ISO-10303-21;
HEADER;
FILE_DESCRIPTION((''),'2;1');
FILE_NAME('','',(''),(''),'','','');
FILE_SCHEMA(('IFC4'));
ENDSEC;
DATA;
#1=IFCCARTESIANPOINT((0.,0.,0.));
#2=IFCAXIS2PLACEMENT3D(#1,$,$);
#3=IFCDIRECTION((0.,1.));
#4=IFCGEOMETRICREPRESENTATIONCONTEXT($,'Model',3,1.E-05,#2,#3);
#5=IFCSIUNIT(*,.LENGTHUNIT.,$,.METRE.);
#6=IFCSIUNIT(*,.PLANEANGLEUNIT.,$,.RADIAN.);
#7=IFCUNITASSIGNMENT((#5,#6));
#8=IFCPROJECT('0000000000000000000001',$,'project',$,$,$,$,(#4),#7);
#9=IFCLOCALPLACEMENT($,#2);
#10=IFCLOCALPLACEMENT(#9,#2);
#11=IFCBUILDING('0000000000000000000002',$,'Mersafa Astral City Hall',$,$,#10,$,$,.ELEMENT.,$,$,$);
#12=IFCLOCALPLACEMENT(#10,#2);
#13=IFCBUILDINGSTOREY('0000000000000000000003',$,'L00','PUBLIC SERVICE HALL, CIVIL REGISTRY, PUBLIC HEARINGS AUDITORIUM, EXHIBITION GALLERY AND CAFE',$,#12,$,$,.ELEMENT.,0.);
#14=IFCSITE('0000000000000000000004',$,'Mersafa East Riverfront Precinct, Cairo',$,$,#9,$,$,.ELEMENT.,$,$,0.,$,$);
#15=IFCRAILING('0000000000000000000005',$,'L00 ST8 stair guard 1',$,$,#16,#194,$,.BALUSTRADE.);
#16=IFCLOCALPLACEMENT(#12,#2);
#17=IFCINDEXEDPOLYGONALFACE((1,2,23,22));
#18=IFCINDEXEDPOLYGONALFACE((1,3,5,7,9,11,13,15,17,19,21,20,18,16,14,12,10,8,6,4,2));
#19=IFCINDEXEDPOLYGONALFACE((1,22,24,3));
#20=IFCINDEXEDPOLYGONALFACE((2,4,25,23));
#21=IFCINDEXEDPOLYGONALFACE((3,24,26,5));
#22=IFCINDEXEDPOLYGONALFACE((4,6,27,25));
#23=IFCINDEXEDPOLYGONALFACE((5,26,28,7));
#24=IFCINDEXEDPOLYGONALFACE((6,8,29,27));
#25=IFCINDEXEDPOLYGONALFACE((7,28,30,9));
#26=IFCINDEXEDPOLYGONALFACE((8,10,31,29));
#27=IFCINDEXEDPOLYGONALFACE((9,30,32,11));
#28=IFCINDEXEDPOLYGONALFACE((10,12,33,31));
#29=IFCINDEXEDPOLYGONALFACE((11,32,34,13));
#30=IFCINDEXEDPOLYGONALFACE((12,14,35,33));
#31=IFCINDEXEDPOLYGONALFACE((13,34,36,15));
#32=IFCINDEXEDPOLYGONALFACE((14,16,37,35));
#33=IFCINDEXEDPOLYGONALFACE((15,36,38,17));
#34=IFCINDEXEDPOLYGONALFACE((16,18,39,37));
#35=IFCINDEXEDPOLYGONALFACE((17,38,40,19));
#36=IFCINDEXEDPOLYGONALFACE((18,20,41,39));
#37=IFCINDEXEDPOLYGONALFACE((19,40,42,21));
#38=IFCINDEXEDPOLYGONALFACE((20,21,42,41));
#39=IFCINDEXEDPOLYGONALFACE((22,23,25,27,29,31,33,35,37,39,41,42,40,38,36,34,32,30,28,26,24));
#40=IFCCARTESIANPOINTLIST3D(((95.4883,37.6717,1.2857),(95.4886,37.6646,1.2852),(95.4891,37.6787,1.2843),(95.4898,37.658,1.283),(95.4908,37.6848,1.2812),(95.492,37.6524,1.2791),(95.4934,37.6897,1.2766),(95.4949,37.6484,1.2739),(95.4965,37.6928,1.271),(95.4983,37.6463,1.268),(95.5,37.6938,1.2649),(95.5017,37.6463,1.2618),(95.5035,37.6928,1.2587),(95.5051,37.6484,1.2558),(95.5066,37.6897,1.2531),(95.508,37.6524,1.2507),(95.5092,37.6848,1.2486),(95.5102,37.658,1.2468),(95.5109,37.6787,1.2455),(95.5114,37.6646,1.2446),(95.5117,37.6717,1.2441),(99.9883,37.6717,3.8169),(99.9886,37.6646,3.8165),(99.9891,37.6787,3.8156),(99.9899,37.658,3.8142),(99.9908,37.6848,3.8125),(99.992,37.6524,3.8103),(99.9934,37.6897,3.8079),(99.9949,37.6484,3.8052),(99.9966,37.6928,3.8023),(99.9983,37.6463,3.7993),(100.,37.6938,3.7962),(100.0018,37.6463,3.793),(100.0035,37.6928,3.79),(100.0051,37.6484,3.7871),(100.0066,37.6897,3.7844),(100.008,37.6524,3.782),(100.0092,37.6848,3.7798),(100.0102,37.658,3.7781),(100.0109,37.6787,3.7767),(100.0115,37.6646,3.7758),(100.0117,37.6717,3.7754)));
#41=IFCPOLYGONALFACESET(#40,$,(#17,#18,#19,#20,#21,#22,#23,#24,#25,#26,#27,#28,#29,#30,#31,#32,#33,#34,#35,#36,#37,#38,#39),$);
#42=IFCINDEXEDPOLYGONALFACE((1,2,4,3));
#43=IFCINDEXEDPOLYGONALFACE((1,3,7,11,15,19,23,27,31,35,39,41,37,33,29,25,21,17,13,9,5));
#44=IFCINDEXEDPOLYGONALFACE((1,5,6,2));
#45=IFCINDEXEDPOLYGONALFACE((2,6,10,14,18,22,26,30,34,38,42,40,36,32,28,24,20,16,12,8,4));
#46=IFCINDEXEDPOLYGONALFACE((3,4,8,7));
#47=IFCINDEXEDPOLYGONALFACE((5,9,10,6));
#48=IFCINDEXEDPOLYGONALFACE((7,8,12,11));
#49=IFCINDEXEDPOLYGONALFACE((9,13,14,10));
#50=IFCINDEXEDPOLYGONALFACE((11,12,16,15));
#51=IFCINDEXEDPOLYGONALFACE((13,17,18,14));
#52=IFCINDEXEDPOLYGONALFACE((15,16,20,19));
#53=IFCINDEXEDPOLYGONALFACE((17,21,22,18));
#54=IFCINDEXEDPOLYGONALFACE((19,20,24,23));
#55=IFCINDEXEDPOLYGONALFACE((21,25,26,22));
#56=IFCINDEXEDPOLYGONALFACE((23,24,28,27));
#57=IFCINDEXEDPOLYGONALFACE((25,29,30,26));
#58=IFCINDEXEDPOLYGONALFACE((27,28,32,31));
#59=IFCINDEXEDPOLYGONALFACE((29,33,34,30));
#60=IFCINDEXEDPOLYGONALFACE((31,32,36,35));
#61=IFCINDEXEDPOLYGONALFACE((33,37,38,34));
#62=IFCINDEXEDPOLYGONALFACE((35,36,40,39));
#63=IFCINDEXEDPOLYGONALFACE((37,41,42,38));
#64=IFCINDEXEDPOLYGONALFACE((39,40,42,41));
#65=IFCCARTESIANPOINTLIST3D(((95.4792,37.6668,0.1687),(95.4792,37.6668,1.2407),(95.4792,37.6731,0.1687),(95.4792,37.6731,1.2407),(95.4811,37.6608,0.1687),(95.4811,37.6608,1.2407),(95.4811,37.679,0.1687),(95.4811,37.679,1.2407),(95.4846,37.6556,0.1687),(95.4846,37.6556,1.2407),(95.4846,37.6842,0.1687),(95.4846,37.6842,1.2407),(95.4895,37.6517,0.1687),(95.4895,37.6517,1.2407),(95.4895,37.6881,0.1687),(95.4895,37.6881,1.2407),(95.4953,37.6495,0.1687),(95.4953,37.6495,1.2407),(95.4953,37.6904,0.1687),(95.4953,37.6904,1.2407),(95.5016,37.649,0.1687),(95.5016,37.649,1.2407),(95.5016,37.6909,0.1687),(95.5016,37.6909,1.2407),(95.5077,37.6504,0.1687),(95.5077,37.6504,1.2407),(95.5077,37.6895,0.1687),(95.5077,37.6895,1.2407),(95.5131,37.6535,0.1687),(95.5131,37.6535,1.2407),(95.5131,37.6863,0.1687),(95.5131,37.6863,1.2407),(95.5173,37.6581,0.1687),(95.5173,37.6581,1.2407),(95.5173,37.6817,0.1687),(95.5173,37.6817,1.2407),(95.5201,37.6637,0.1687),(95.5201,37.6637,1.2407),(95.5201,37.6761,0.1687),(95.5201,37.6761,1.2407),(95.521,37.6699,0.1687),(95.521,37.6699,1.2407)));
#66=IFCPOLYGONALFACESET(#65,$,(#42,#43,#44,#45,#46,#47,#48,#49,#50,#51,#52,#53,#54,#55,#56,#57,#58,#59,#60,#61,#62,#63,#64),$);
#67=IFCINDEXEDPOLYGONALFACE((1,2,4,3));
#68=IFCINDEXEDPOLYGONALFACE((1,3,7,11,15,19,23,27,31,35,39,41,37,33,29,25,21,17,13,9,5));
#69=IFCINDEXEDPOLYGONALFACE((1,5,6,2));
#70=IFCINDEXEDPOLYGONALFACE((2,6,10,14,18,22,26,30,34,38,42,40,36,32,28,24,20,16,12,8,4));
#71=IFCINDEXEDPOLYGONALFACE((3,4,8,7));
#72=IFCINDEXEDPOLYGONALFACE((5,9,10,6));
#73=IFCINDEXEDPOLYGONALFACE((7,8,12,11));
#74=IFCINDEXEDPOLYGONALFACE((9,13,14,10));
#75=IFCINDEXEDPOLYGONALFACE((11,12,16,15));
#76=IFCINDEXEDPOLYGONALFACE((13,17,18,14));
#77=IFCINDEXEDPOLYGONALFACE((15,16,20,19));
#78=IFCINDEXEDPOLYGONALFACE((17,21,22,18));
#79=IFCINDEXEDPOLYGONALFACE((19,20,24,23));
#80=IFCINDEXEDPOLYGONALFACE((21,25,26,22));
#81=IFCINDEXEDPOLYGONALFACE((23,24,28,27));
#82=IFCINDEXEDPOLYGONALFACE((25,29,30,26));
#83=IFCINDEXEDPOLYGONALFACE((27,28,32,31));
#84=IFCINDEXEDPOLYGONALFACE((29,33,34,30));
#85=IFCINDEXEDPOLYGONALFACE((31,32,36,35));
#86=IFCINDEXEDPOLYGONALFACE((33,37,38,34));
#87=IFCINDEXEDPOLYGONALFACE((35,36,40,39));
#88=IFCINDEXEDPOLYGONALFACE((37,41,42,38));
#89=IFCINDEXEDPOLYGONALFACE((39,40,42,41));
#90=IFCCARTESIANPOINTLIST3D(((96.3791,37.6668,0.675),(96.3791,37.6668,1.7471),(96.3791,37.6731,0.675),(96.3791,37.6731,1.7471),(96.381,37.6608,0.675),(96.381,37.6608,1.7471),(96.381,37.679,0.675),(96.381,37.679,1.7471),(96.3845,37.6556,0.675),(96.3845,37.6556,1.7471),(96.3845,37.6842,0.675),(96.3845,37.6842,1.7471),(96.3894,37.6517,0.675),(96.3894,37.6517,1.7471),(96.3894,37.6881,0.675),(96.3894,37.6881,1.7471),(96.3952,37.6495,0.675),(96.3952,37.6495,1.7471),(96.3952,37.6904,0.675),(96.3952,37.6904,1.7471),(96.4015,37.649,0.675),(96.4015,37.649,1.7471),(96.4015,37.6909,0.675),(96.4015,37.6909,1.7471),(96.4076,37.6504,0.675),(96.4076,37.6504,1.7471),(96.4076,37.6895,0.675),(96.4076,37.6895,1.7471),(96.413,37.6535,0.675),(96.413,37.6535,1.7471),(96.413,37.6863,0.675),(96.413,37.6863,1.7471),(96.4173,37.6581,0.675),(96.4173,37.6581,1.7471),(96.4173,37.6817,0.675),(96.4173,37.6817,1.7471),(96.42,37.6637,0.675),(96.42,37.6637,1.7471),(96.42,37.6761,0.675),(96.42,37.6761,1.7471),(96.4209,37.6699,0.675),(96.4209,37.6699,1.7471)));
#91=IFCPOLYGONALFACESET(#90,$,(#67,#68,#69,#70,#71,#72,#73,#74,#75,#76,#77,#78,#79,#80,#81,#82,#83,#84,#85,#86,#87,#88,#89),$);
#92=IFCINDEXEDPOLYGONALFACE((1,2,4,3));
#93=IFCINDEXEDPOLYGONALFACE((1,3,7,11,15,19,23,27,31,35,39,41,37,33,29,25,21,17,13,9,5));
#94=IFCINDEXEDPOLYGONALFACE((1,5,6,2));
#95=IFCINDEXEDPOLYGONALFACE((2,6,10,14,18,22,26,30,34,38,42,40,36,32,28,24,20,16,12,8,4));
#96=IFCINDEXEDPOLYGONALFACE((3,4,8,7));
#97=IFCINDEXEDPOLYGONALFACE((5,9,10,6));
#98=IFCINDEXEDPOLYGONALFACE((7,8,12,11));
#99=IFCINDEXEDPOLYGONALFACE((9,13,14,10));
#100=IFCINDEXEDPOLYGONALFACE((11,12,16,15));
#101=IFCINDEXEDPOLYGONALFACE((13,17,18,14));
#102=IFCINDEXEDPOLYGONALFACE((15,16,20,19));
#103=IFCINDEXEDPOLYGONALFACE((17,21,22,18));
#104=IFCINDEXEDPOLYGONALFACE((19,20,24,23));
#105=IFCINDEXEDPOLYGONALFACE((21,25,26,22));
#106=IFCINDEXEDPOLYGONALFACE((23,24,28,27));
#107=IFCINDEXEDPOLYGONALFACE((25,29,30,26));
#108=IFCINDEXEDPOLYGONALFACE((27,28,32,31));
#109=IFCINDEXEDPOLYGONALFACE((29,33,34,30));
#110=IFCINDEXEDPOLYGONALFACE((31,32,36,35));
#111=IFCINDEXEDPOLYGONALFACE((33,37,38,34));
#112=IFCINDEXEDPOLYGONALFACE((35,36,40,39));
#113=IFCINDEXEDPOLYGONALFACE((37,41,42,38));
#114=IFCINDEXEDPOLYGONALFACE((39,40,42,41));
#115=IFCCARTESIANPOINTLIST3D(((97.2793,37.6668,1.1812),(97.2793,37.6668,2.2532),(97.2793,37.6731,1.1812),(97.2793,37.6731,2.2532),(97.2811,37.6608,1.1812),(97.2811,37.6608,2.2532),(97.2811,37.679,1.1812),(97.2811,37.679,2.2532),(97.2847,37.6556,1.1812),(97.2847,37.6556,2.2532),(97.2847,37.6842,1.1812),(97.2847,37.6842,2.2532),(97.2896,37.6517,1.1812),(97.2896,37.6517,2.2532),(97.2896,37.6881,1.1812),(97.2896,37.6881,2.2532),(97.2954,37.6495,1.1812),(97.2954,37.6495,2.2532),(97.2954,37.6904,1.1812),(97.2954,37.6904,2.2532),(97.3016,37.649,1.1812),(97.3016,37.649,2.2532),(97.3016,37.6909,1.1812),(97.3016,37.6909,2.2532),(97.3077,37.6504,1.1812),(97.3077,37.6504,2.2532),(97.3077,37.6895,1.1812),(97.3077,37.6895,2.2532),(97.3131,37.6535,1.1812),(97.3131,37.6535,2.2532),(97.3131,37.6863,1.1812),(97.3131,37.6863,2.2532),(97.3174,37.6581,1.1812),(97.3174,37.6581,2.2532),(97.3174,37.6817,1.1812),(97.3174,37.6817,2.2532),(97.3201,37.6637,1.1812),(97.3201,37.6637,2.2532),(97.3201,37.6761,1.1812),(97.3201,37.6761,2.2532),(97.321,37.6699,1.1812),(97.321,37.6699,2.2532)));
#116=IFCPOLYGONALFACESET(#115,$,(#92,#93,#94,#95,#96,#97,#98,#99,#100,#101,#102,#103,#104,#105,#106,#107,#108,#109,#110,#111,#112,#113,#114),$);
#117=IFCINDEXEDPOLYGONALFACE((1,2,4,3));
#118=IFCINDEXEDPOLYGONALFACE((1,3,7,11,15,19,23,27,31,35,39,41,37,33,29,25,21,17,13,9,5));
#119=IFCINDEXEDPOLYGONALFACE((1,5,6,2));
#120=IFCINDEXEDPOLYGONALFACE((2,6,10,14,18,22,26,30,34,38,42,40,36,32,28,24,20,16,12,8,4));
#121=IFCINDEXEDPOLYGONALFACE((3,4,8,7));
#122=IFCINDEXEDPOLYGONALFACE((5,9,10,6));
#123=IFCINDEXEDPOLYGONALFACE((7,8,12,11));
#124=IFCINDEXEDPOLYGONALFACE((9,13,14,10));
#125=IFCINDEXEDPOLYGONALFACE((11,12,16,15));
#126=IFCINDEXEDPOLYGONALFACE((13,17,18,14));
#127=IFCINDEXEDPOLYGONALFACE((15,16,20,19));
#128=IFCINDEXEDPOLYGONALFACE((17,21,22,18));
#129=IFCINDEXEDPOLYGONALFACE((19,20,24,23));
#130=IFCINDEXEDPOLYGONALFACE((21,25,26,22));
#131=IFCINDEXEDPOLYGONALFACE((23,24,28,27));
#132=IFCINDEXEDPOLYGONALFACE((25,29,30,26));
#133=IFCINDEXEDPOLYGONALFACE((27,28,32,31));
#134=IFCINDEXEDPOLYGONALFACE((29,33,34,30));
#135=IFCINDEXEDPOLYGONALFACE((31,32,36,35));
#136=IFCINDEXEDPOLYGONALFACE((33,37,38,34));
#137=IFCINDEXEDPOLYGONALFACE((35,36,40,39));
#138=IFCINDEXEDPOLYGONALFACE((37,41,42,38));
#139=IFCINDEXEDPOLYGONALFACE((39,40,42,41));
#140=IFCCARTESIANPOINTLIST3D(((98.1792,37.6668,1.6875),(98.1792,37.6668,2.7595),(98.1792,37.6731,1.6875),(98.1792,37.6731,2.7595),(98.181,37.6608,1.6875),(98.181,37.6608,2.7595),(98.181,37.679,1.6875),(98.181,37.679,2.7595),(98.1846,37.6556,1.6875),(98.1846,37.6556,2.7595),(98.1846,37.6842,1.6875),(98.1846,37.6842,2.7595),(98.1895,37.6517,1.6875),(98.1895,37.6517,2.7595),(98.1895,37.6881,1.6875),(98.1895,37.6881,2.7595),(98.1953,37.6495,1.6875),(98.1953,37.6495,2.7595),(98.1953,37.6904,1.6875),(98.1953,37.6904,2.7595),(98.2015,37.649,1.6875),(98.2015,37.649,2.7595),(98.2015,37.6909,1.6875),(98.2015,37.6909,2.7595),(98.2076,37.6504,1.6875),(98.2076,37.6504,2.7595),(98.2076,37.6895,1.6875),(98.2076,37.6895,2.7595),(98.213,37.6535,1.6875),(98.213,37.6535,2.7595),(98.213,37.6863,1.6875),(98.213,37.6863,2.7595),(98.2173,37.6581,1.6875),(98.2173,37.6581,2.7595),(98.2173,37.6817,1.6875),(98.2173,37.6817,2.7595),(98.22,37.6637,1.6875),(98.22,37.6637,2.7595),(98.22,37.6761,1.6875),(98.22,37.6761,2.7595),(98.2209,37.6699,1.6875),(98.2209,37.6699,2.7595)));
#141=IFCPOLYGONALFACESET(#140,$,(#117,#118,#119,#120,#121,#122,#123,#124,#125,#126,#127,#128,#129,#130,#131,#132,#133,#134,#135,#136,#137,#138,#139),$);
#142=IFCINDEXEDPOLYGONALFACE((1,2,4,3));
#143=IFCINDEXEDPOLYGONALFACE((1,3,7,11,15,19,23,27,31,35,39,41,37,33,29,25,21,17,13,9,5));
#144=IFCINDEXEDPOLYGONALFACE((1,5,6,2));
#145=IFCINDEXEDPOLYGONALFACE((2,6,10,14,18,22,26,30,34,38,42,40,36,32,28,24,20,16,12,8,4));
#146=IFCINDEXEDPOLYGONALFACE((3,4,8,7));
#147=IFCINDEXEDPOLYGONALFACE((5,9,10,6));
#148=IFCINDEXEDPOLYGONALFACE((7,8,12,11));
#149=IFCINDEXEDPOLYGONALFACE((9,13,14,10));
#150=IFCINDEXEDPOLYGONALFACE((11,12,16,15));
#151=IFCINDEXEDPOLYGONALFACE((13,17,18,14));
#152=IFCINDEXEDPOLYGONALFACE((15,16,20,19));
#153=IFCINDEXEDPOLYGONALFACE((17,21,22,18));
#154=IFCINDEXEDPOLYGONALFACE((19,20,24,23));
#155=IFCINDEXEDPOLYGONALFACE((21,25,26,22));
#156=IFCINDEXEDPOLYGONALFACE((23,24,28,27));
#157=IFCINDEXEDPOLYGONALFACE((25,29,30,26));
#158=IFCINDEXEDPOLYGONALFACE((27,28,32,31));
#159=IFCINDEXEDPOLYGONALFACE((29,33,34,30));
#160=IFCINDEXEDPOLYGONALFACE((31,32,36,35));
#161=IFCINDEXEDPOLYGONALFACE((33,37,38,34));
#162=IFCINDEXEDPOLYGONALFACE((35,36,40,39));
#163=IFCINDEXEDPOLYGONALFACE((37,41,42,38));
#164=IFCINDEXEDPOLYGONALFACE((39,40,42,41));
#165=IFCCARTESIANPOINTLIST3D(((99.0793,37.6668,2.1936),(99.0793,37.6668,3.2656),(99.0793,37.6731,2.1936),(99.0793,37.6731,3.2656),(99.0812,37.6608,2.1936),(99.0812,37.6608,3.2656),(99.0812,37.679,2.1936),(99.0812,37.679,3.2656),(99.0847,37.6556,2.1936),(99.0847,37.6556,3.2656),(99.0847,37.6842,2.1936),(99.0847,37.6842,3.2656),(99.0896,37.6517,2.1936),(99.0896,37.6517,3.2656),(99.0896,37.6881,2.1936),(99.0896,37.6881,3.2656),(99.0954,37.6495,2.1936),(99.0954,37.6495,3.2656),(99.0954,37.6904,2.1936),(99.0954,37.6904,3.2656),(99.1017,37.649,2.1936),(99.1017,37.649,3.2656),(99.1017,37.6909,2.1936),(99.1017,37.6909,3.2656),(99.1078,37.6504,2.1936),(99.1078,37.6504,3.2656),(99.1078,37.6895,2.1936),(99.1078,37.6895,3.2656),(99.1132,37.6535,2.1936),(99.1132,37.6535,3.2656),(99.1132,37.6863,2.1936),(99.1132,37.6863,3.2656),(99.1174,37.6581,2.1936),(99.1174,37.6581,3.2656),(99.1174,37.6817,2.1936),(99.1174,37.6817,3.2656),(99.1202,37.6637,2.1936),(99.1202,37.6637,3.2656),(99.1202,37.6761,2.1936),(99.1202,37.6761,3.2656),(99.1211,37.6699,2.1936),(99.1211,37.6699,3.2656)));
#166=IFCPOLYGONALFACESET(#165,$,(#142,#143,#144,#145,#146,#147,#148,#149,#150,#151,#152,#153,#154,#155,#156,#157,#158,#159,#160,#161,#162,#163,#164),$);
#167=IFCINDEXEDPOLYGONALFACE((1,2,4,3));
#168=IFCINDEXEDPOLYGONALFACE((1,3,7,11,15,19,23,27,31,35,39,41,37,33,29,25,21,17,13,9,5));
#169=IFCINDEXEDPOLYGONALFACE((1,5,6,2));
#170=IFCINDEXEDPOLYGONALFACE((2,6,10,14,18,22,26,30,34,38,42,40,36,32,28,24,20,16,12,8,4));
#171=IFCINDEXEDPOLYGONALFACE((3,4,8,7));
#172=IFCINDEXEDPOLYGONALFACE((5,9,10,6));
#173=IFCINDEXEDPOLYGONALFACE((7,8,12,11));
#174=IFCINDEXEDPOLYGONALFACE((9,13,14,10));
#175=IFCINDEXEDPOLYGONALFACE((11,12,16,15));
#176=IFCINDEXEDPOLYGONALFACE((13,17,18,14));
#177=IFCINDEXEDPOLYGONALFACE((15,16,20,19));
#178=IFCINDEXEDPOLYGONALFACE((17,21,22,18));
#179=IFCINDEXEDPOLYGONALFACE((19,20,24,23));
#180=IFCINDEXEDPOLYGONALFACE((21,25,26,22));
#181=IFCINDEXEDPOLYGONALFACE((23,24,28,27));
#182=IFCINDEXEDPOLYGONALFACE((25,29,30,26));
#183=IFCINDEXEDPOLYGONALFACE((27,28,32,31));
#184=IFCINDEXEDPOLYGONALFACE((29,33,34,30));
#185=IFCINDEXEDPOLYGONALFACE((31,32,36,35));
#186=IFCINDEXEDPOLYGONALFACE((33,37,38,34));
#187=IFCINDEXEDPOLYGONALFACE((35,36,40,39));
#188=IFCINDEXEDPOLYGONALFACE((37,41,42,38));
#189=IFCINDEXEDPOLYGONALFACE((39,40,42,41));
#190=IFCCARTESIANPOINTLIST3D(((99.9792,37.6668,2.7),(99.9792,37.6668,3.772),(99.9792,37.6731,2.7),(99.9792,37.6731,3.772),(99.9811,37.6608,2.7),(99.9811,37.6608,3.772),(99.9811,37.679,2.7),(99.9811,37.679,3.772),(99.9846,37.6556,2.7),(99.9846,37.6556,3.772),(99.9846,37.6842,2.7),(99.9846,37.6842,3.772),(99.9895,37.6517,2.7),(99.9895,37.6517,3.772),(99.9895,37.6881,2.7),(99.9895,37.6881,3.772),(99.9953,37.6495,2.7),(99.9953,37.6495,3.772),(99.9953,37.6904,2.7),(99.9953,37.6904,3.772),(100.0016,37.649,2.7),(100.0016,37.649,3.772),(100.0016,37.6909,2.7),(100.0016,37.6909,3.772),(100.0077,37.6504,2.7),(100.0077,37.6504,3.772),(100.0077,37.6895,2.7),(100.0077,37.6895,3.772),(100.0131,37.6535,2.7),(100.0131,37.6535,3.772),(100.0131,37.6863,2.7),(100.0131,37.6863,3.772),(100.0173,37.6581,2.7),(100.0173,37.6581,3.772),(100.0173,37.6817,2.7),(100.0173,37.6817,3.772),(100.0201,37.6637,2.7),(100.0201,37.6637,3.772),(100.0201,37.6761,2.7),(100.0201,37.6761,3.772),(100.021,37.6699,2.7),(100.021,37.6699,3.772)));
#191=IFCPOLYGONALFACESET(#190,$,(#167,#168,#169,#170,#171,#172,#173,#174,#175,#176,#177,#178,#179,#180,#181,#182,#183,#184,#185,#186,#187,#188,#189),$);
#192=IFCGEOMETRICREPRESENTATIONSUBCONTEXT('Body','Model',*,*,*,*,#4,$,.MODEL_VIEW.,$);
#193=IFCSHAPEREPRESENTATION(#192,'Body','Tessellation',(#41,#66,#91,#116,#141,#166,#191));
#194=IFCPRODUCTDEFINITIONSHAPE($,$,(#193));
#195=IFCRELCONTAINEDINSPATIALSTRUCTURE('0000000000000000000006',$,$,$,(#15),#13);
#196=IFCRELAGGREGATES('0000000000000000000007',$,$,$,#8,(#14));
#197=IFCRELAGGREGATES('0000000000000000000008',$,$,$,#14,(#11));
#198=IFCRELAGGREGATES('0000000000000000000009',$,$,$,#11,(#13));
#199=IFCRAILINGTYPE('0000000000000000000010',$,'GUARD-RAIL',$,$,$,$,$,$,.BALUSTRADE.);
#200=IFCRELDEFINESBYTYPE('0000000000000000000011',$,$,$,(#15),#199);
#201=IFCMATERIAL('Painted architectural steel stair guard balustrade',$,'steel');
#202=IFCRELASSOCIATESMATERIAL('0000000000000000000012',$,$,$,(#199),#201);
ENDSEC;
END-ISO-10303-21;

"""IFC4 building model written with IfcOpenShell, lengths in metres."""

from ifc_helpers import new_model, si_unit, direction, frame, origin, origin_2d, place, context, subcontext, project, spatial, circle, extrude, material, type_object, element, save


model = new_model("IFC4")

# Units and contexts
model_context = context("Model", 3, precision=1e-05, world=origin(), true_north=direction((0.0, 1.0)))
body_context = subcontext(model_context, "Body", "Model", "MODEL_VIEW")
ifc_project = project(units=[si_unit("LENGTHUNIT", "METRE"), si_unit("PLANEANGLEUNIT", "RADIAN")], contexts=[model_context])

# Site, building, storey
site_placement = place(None, origin())
site = spatial("IfcSite", under=ifc_project, at=site_placement, Name="Mersafa East Riverfront Precinct, Cairo", CompositionType="ELEMENT", RefElevation=0.0)
building_placement = place(site_placement, origin())
building = spatial("IfcBuilding", under=site, at=building_placement, Name="Mersafa Astral City Hall", CompositionType="ELEMENT")
storey_placement = place(building_placement, origin())
storey = spatial("IfcBuildingStorey", under=building, at=storey_placement, Name="L00", Description="PUBLIC SERVICE HALL, CIVIL REGISTRY, PUBLIC HEARINGS AUDITORIUM, EXHIBITION GALLERY AND CAFE", CompositionType="ELEMENT", Elevation=0.0)

# Railing
ifc_material_1 = material(Name="Painted architectural steel stair guard balustrade", Category="steel")
railing_type_1 = type_object("IfcRailingType", Name="GUARD-RAIL", PredefinedType="BALUSTRADE", material=ifc_material_1)
railing_1_placement = place(storey_placement, frame((95.5, 37.6699, 0.1687)))
element("IfcRailing", 1, at=railing_1_placement, inside=storey, type_object=railing_type_1, Name="L00 ST8 stair guard 1", PredefinedType="BALUSTRADE", context=body_context, shape_type="SweptSolid", body=[
    extrude(circle(Radius=0.0239, at=origin_2d()), frame((0.0, 0.0, 1.0962), z_axis=(0.871576, 0.0, 0.490261), x_axis=(0.0, 1.0, 0.0)), (0.0, 0.0, 1.0), 5.1631),
    extrude(circle(Radius=0.021, at=origin_2d()), origin(), (0.0, 0.0, 1.0), 1.072),
    extrude(circle(Radius=0.021, at=origin_2d()), frame((0.8999, 0.0, 0.5063)), (0.0, 0.0, 1.0), 1.072),
    extrude(circle(Radius=0.021, at=origin_2d()), frame((1.8, 0.0, 1.0125)), (0.0, 0.0, 1.0), 1.072),
    extrude(circle(Radius=0.021, at=origin_2d()), frame((2.7, 0.0, 1.5188)), (0.0, 0.0, 1.0), 1.072),
    extrude(circle(Radius=0.021, at=origin_2d()), frame((3.6001, 0.0, 2.0249)), (0.0, 0.0, 1.0), 1.072),
    extrude(circle(Radius=0.021, at=origin_2d()), frame((4.5, 0.0, 2.5312)), (0.0, 0.0, 1.0), 1.072),
])

save(model, "model.ifc")
